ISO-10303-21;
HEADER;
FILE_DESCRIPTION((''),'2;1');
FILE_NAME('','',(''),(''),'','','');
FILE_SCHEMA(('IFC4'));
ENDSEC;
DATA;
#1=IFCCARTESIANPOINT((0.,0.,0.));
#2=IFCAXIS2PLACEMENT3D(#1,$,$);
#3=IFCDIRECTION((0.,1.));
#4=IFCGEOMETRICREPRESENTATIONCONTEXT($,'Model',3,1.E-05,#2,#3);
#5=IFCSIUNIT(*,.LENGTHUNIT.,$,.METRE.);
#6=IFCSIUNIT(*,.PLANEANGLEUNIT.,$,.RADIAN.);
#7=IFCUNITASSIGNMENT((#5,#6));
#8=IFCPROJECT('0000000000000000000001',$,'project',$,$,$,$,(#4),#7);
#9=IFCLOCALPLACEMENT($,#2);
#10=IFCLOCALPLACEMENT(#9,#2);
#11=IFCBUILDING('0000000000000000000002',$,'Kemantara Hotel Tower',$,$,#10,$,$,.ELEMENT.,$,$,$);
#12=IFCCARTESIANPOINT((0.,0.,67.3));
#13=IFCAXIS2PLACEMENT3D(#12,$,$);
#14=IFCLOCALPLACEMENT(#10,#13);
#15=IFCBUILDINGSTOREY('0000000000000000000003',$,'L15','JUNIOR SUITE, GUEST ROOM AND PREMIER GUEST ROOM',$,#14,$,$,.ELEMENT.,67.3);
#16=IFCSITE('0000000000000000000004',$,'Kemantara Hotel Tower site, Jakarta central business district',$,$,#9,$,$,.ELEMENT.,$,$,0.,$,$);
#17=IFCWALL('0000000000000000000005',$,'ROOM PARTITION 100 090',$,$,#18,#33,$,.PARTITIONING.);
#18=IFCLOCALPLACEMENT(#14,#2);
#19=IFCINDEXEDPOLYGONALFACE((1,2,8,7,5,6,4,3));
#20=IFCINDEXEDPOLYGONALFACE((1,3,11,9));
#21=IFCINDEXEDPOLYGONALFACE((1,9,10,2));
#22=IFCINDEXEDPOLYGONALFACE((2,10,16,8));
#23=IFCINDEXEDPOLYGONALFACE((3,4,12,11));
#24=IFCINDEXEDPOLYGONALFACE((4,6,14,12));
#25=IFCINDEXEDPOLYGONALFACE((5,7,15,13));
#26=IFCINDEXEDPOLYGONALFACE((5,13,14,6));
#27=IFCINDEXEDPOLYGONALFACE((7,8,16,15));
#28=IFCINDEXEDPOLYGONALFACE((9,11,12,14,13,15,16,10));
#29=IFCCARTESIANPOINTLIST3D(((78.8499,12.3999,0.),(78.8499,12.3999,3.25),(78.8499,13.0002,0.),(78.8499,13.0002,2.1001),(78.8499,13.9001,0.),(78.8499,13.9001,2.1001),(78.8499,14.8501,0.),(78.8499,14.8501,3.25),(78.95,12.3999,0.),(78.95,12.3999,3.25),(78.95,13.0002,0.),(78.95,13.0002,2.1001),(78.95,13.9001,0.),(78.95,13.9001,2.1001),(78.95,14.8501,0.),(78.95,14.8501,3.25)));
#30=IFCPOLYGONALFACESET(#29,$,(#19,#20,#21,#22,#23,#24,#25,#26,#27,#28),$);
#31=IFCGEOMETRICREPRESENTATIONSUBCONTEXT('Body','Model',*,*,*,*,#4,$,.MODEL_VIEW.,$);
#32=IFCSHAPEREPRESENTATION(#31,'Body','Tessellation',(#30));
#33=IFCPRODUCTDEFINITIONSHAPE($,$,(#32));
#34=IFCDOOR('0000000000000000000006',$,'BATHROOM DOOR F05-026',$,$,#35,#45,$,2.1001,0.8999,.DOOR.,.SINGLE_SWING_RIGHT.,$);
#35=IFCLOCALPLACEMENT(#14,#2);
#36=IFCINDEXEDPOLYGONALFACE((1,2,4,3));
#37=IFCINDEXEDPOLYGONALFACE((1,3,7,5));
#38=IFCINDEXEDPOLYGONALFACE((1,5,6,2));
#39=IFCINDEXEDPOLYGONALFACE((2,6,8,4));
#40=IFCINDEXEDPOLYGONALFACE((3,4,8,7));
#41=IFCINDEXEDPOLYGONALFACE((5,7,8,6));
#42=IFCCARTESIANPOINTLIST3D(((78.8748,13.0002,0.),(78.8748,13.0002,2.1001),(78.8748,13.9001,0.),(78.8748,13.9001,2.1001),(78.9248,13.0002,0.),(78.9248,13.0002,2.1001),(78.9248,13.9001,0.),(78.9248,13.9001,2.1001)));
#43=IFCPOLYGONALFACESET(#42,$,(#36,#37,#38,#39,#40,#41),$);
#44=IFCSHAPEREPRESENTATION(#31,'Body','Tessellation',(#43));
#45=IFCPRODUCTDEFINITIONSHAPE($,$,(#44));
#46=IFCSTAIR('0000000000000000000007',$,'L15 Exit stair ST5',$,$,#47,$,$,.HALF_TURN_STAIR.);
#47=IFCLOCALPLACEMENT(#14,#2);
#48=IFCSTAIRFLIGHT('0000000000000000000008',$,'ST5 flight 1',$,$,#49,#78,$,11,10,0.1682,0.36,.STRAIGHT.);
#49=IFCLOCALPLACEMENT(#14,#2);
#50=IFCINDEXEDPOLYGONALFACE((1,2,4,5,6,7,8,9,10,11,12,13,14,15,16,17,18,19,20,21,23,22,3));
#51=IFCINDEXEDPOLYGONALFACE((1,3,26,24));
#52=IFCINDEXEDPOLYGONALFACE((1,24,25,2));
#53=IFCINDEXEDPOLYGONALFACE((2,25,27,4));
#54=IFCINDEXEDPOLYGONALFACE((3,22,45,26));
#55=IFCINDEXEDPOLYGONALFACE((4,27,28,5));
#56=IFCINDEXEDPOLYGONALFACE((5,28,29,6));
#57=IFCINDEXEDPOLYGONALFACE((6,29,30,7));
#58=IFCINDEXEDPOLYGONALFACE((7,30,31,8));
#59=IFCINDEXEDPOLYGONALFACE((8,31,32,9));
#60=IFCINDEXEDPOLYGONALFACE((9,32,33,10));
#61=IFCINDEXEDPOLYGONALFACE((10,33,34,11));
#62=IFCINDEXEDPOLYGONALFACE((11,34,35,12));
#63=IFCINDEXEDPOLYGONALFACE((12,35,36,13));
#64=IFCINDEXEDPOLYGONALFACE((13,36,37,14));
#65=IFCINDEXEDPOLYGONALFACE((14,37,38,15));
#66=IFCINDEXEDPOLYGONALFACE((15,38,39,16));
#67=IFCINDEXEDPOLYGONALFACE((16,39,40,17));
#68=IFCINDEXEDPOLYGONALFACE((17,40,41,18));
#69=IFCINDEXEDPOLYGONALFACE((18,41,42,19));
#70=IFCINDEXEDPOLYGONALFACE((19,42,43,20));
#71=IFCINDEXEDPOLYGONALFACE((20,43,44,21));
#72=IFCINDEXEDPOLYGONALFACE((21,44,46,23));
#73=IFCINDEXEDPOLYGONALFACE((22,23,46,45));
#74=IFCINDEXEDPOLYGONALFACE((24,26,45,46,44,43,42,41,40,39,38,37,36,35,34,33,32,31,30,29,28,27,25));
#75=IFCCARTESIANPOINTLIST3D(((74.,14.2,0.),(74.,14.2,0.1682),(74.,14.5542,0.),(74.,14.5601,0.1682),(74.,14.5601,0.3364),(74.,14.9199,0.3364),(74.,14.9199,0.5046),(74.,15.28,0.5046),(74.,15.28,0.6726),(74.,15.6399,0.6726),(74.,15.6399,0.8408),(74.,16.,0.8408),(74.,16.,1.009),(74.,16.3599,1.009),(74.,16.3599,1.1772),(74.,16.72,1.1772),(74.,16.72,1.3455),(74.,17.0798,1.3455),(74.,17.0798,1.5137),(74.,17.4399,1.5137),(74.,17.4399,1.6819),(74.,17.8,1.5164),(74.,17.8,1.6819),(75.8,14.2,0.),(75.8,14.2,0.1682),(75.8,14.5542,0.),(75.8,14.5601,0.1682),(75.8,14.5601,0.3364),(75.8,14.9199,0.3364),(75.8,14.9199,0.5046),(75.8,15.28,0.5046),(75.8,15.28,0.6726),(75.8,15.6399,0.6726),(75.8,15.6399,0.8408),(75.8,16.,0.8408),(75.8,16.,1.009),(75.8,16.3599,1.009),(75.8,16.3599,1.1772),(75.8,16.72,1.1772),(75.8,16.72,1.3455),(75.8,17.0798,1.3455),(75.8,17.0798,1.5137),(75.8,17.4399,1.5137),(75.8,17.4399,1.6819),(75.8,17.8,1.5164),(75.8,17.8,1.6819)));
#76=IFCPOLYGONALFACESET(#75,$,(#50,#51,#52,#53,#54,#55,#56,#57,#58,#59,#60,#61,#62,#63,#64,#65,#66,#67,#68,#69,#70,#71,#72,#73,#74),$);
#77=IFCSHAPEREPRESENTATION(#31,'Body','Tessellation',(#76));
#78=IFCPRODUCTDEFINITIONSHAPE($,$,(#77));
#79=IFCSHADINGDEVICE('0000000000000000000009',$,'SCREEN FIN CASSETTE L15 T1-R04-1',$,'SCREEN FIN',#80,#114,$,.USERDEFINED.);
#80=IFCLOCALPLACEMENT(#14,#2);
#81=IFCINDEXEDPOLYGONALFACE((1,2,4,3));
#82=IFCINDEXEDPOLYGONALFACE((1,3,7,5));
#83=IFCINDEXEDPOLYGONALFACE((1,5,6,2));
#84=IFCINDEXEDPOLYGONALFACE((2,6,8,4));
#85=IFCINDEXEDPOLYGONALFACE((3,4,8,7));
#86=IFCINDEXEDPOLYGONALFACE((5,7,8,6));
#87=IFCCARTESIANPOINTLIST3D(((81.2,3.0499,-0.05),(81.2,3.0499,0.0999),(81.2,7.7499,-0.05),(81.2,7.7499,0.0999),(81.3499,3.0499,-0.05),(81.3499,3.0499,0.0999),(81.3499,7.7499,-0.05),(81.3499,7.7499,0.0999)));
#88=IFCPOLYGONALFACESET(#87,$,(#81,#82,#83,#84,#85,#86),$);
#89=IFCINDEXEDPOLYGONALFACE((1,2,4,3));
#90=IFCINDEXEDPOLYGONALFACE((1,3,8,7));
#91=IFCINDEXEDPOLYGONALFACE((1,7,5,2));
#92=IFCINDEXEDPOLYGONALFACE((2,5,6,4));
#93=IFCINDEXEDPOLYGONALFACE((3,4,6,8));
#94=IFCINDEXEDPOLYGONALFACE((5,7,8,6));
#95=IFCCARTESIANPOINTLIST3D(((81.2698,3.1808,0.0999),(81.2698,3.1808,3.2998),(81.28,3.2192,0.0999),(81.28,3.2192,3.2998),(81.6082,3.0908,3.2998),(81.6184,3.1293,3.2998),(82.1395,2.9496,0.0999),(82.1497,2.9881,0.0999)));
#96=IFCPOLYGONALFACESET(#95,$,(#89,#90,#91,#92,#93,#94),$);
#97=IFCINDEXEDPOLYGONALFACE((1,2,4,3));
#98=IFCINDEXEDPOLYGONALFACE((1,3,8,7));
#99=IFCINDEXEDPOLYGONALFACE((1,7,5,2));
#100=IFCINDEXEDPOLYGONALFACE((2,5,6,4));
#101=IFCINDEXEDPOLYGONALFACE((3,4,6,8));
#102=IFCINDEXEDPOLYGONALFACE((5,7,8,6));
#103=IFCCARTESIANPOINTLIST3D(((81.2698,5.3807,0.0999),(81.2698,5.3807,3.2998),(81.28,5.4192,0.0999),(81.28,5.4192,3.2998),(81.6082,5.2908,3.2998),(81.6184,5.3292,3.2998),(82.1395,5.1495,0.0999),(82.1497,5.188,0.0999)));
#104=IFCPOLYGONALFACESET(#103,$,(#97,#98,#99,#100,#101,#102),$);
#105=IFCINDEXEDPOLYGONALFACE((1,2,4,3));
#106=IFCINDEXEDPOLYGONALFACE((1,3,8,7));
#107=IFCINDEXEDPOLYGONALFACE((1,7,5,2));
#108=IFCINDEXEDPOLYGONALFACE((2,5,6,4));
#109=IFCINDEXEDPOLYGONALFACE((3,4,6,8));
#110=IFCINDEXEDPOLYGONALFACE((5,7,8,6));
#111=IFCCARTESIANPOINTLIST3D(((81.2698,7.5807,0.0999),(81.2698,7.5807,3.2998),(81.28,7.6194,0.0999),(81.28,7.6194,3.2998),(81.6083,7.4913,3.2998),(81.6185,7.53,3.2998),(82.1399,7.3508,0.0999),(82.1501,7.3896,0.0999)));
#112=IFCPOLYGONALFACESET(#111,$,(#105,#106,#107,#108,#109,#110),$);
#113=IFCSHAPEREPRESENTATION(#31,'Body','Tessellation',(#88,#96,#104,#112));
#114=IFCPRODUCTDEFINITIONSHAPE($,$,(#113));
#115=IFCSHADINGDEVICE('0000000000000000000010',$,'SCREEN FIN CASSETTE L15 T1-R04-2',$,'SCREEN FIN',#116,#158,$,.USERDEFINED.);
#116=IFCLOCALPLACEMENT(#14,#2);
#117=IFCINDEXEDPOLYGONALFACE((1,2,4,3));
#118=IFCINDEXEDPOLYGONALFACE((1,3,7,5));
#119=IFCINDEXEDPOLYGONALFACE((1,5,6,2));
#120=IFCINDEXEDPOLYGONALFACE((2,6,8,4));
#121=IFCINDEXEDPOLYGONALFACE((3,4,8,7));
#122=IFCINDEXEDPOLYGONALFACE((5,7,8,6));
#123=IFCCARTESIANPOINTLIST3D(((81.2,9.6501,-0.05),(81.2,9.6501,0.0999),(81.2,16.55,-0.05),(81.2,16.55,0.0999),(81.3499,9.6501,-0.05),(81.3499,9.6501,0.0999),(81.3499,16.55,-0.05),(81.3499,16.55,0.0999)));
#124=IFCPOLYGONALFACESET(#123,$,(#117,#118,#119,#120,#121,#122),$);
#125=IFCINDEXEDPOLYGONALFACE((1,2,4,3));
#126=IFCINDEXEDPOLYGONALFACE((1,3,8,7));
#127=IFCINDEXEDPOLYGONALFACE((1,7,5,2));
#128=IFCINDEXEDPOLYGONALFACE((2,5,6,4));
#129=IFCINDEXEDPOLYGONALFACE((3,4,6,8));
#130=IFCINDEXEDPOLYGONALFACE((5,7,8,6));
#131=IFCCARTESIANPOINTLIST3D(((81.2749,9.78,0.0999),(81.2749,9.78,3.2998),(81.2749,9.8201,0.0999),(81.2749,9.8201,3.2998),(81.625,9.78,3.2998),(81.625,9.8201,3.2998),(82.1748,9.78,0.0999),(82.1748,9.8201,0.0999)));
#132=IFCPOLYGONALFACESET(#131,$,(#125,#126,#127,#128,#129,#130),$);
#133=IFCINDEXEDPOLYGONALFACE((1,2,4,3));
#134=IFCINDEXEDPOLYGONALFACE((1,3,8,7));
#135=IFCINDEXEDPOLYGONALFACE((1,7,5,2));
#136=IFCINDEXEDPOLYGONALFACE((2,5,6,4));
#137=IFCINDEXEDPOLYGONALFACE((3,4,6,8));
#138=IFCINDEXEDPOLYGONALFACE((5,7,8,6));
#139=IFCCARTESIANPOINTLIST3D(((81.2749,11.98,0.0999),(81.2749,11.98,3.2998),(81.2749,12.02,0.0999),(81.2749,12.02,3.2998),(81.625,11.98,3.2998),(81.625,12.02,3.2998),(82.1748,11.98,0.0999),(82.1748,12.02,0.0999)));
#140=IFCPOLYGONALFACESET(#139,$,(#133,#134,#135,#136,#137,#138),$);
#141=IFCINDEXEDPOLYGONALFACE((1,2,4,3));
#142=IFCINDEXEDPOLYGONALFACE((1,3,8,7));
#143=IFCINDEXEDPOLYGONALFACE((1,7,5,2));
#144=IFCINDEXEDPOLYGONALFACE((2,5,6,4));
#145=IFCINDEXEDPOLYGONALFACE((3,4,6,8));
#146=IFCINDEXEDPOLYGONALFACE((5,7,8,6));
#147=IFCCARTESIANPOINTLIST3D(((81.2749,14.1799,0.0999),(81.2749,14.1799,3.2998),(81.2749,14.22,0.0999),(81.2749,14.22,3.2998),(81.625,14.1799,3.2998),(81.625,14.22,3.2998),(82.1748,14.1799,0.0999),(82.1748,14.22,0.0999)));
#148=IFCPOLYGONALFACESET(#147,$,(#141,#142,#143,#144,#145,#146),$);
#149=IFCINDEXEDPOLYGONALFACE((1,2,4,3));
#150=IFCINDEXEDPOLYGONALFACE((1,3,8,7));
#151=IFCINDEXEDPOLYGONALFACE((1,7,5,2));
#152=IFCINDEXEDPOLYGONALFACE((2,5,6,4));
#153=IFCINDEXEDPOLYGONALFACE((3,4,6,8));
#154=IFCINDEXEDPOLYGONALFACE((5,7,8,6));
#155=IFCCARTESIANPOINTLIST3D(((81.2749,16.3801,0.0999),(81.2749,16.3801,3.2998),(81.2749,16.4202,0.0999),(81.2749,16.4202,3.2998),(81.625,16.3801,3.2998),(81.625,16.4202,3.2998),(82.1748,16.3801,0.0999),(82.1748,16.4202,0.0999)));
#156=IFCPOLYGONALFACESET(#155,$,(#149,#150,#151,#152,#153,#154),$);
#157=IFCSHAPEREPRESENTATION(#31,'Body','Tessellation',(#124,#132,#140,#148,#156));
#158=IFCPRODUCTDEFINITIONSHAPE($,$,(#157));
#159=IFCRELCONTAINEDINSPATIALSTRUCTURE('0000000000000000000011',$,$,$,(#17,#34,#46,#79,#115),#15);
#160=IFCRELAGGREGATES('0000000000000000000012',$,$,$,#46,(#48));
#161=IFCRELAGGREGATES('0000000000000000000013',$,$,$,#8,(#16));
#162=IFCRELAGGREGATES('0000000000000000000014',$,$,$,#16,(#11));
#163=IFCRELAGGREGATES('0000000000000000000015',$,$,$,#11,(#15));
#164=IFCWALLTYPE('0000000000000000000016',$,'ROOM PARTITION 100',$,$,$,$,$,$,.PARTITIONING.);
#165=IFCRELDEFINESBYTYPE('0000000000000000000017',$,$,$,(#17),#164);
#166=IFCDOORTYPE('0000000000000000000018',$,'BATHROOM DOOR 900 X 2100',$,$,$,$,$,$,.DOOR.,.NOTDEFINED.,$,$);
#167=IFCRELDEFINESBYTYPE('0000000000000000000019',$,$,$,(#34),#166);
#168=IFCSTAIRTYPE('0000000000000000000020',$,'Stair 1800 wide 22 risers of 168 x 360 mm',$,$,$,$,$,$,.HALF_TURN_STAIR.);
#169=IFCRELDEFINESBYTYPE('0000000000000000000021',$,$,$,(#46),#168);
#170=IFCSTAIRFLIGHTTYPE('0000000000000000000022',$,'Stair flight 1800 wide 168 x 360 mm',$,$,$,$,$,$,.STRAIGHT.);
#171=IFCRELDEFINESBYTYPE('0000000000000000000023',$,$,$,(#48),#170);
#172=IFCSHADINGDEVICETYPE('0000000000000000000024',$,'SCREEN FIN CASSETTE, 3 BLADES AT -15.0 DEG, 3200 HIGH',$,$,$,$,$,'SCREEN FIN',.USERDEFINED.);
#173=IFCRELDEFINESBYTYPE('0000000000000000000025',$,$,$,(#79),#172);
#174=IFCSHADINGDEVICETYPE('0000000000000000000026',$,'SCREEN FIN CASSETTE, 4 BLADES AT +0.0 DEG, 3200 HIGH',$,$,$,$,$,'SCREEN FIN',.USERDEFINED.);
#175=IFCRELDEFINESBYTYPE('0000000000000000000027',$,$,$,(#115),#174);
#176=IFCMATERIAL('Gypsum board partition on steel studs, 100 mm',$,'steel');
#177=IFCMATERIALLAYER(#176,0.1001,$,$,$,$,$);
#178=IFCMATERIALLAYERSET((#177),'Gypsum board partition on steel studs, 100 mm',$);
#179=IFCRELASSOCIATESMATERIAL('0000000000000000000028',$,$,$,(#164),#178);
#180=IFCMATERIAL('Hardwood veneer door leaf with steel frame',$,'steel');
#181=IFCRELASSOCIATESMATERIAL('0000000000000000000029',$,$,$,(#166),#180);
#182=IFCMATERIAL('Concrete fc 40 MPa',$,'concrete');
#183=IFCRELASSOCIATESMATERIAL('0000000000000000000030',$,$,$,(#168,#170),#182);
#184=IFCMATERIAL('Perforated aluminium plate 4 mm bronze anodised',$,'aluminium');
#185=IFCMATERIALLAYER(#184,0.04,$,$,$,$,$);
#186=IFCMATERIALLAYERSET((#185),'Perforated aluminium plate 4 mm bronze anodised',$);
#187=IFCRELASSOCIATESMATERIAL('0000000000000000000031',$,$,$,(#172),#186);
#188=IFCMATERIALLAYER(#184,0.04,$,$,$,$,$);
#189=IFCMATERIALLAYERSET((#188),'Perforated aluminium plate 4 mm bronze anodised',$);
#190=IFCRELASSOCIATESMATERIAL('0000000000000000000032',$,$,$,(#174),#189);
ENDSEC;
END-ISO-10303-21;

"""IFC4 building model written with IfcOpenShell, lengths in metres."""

from ifc_helpers import new_model, si_unit, direction, frame, frame_2d, origin, origin_2d, place, context, subcontext, project, spatial, polyline, rectangle, outline, extrude, source, transform, mapped, material, layer, layer_set, type_object, element, fill, aggregate, save


model = new_model("IFC4")

# Units and contexts
model_context = context("Model", 3, precision=1e-05, world=origin(), true_north=direction((0.0, 1.0)))
body_context = subcontext(model_context, "Body", "Model", "MODEL_VIEW")
ifc_project = project(units=[si_unit("LENGTHUNIT", "METRE"), si_unit("PLANEANGLEUNIT", "RADIAN")], contexts=[model_context])

# Site, building, storey
site_placement = place(None, origin())
site = spatial("IfcSite", under=ifc_project, at=site_placement, Name="Kemantara Hotel Tower site, Jakarta central business district", CompositionType="ELEMENT", RefElevation=0.0)
building_placement = place(site_placement, origin())
building = spatial("IfcBuilding", under=site, at=building_placement, Name="Kemantara Hotel Tower", CompositionType="ELEMENT")
storey_placement = place(building_placement, frame((0.0, 0.0, 67.3)))
storey = spatial("IfcBuildingStorey", under=building, at=storey_placement, Name="L15", Description="JUNIOR SUITE, GUEST ROOM AND PREMIER GUEST ROOM", CompositionType="ELEMENT", Elevation=67.3)

# Shared definitions
ifc_material_1 = material(Name="Hardwood veneer door leaf with steel frame", Category="steel")

# Shared definitions
ifc_material_2 = material(Name="Concrete fc 40 MPa", Category="concrete")
ifc_material_3 = material(Name="Gypsum board partition on steel studs, 100 mm", Category="steel")
ifc_layer_1 = layer(ifc_material_3, 0.1001)
ifc_layer_set_1 = layer_set([ifc_layer_1], Name="Gypsum board partition on steel studs, 100 mm")
wall_type_1 = type_object("IfcWallType", Name="ROOM PARTITION 100", PredefinedType="PARTITIONING", material=ifc_layer_set_1)

# Wall, opening, door
wall_1_placement = place(storey_placement, frame((78.8999, 14.8501, 0.0), z_axis=(0.0, 0.0, 1.0), x_axis=(0.0, -1.0, 0.0)))
wall_1 = element("IfcWall", 1, at=wall_1_placement, inside=storey, type_object=wall_type_1, Name="ROOM PARTITION 100 090", PredefinedType="PARTITIONING", context=body_context, shape_type="SweptSolid", body=[
    extrude(rectangle(XDim=2.4502, YDim=0.1001, at=frame_2d((1.2251, 0.0))), origin(), (0.0, 0.0, 1.0), 3.25),
])
opening_1_placement = place(wall_1_placement, frame((0.95, 0.0, 0.0)))
opening_1 = element("IfcOpeningElement", 2, at=opening_1_placement, cuts=wall_1, PredefinedType="OPENING", context=body_context, shape_type="SweptSolid", body=[
    extrude(rectangle(XDim=0.8999, YDim=2.1001, at=frame_2d((0.45, 1.05))), frame((0.0, 0.0601, 0.0), z_axis=(0.0, -1.0, 0.0), x_axis=(1.0, 0.0, 0.0)), (0.0, 0.0, 1.0), 0.1201),
])
door_type_1 = type_object("IfcDoorType", Name="BATHROOM DOOR 900 X 2100", OperationType="NOTDEFINED", PredefinedType="DOOR", material=ifc_material_1)
door_1_placement = place(opening_1_placement, origin())
door_1 = element("IfcDoor", 3, at=door_1_placement, inside=storey, type_object=door_type_1, Name="BATHROOM DOOR F05-026", OperationType="SINGLE_SWING_RIGHT", OverallHeight=2.1001, OverallWidth=0.8999, PredefinedType="DOOR", context=body_context, shape_type="SweptSolid", body=[
    extrude(rectangle(XDim=0.8999, YDim=2.1001, at=frame_2d((0.45, 1.05))), frame((0.0, 0.0249, 0.0), z_axis=(0.0, -1.0, 0.0), x_axis=(1.0, 0.0, 0.0)), (0.0, 0.0, 1.0), 0.05),
])
fill(opening_1, door_1)

# Stair, stair flight
stair_type = type_object("IfcStairType", Name="Stair 1800 wide 22 risers of 168 x 360 mm", PredefinedType="HALF_TURN_STAIR", material=ifc_material_2)
stair_placement = place(storey_placement, origin())
stair = element("IfcStair", 4, at=stair_placement, inside=storey, type_object=stair_type, Name="L15 Exit stair ST5", PredefinedType="HALF_TURN_STAIR")
stair_flight_type = type_object("IfcStairFlightType", Name="Stair flight 1800 wide 168 x 360 mm", PredefinedType="STRAIGHT", material=ifc_material_2)
stair_flight_placement = place(storey_placement, frame((74.8999, 14.2, 0.0), z_axis=(0.0, 0.0, 1.0), x_axis=(0.0, 1.0, 0.0)))
stair_flight = element("IfcStairFlight", 5, at=stair_flight_placement, type_object=stair_flight_type, Name="ST5 flight 1", NumberOfRisers=11, NumberOfTreads=10, PredefinedType="STRAIGHT", RiserHeight=0.1682, TreadLength=0.36, context=body_context, shape_type="SweptSolid", body=[
    extrude(outline(polyline([(0.0, 0.0), (0.0, 0.1682), (0.3601, 0.1682), (0.3601, 0.3364), (0.72, 0.3364), (0.72, 0.5046), (1.0801, 0.5046), (1.0801, 0.6726), (1.4399, 0.6726), (1.4399, 0.8408), (1.8, 0.8408), (1.8, 1.009), (2.1599, 1.009), (2.1599, 1.1772), (2.52, 1.1772), (2.52, 1.3455), (2.8799, 1.3455), (2.8799, 1.5137), (3.24, 1.5137), (3.24, 1.6819), (3.6001, 1.6819), (3.6001, 1.8501), (3.6001, 1.5164), (0.3542, 0.0), (0.0, 0.0)])), frame((0.0, 0.8999, 0.0), z_axis=(0.0, -1.0, 0.0), x_axis=(1.0, 0.0, 0.0)), (0.0, 0.0, 1.0), 1.8),
])
aggregate(stair, [stair_flight])

# Shading devices
ifc_material_4 = material(Name="Perforated aluminium plate 4 mm bronze anodised", Category="aluminium")
ifc_layer_2 = layer(ifc_material_4, 0.04)
ifc_layer_set_2 = layer_set([ifc_layer_2], Name="Perforated aluminium plate 4 mm bronze anodised")
shading_device_type_1 = type_object("IfcShadingDeviceType", Name="SCREEN FIN CASSETTE, 3 BLADES AT -15.0 DEG, 3200 HIGH", ElementType="SCREEN FIN", PredefinedType="USERDEFINED", material=ifc_layer_set_2)
shared_shape_1 = source(origin(), body_context, "Body", "SweptSolid", [
    extrude(rectangle(XDim=4.7, YDim=0.1499, at=origin_2d()), frame((2.2, -0.075, -0.1499), z_axis=(0.0, 0.0, 1.0), x_axis=(1.0, 0.0, 0.0)), (0.0, 0.0, 1.0), 0.1499),
    extrude(outline(polyline([(0.0, 0.0), (0.8999, 0.0), (0.3501, 3.2), (0.0, 3.2), (0.0, 0.0)])), frame((0.0193, -0.0801, 0.0), z_axis=(-0.966438, 0.256901, 0.0), x_axis=(-0.256901, -0.966438, 0.0)), (0.0, 0.0, 1.0), 0.0398),
    extrude(outline(polyline([(0.0, 0.0), (0.8999, 0.0), (0.3501, 3.2), (0.0, 3.2), (0.0, 0.0)])), frame((2.2192, -0.0801, 0.0), z_axis=(-0.966438, 0.256901, 0.0), x_axis=(-0.256901, -0.966438, 0.0)), (0.0, 0.0, 1.0), 0.0398),
    extrude(outline(polyline([(0.0, 0.0), (0.8999, 0.0), (0.3501, 3.2), (0.0, 3.2), (0.0, 0.0)])), frame((4.4194, -0.0801, 0.0), z_axis=(-0.966838, 0.255391, 0.0), x_axis=(-0.255391, -0.966838, 0.0)), (0.0, 0.0, 1.0), 0.04),
])
shading_device_1_placement = place(storey_placement, frame((81.2, 3.2, 0.0999), z_axis=(0.0, 0.0, 1.0), x_axis=(0.0, 1.0, 0.0)))
element("IfcShadingDevice", 6, at=shading_device_1_placement, inside=storey, type_object=shading_device_type_1, Name="SCREEN FIN CASSETTE L15 T1-R04-1", ObjectType="SCREEN FIN", PredefinedType="USERDEFINED", context=body_context, shape_type="MappedRepresentation", body=[
    mapped(shared_shape_1, transform((0.0, 0.0, 0.0))),
])
ifc_layer_3 = layer(ifc_material_4, 0.04)
ifc_layer_set_3 = layer_set([ifc_layer_3], Name="Perforated aluminium plate 4 mm bronze anodised")
shading_device_type_2 = type_object("IfcShadingDeviceType", Name="SCREEN FIN CASSETTE, 4 BLADES AT +0.0 DEG, 3200 HIGH", ElementType="SCREEN FIN", PredefinedType="USERDEFINED", material=ifc_layer_set_3)
shared_shape_2 = source(origin(), body_context, "Body", "SweptSolid", [
    extrude(rectangle(XDim=6.8999, YDim=0.1499, at=origin_2d()), frame((3.3, -0.075, -0.1499), z_axis=(0.0, 0.0, 1.0), x_axis=(1.0, 0.0, 0.0)), (0.0, 0.0, 1.0), 0.1499),
    extrude(outline(polyline([(0.0, 0.0), (0.8999, 0.0), (0.3501, 3.2), (0.0, 3.2), (0.0, 0.0)])), frame((0.02, -0.075, 0.0), z_axis=(-1.0, 0.0, 0.0), x_axis=(0.0, -1.0, 0.0)), (0.0, 0.0, 1.0), 0.04),
    extrude(outline(polyline([(0.0, 0.0), (0.8999, 0.0), (0.3501, 3.2), (0.0, 3.2), (0.0, 0.0)])), frame((2.22, -0.075, 0.0), z_axis=(-1.0, 0.0, 0.0), x_axis=(0.0, -1.0, 0.0)), (0.0, 0.0, 1.0), 0.04),
    extrude(outline(polyline([(0.0, 0.0), (0.8999, 0.0), (0.3501, 3.2), (0.0, 3.2), (0.0, 0.0)])), frame((4.4199, -0.075, 0.0), z_axis=(-1.0, 0.0, 0.0), x_axis=(0.0, -1.0, 0.0)), (0.0, 0.0, 1.0), 0.04),
    extrude(outline(polyline([(0.0, 0.0), (0.8999, 0.0), (0.3501, 3.2), (0.0, 3.2), (0.0, 0.0)])), frame((6.6201, -0.075, 0.0), z_axis=(-1.0, 0.0, 0.0), x_axis=(0.0, -1.0, 0.0)), (0.0, 0.0, 1.0), 0.04),
])
shading_device_2_placement = place(storey_placement, frame((81.2, 9.8, 0.0999), z_axis=(0.0, 0.0, 1.0), x_axis=(0.0, 1.0, 0.0)))
element("IfcShadingDevice", 7, at=shading_device_2_placement, inside=storey, type_object=shading_device_type_2, Name="SCREEN FIN CASSETTE L15 T1-R04-2", ObjectType="SCREEN FIN", PredefinedType="USERDEFINED", context=body_context, shape_type="MappedRepresentation", body=[
    mapped(shared_shape_2, transform((0.0, 0.0, 0.0))),
])

save(model, "model.ifc")
